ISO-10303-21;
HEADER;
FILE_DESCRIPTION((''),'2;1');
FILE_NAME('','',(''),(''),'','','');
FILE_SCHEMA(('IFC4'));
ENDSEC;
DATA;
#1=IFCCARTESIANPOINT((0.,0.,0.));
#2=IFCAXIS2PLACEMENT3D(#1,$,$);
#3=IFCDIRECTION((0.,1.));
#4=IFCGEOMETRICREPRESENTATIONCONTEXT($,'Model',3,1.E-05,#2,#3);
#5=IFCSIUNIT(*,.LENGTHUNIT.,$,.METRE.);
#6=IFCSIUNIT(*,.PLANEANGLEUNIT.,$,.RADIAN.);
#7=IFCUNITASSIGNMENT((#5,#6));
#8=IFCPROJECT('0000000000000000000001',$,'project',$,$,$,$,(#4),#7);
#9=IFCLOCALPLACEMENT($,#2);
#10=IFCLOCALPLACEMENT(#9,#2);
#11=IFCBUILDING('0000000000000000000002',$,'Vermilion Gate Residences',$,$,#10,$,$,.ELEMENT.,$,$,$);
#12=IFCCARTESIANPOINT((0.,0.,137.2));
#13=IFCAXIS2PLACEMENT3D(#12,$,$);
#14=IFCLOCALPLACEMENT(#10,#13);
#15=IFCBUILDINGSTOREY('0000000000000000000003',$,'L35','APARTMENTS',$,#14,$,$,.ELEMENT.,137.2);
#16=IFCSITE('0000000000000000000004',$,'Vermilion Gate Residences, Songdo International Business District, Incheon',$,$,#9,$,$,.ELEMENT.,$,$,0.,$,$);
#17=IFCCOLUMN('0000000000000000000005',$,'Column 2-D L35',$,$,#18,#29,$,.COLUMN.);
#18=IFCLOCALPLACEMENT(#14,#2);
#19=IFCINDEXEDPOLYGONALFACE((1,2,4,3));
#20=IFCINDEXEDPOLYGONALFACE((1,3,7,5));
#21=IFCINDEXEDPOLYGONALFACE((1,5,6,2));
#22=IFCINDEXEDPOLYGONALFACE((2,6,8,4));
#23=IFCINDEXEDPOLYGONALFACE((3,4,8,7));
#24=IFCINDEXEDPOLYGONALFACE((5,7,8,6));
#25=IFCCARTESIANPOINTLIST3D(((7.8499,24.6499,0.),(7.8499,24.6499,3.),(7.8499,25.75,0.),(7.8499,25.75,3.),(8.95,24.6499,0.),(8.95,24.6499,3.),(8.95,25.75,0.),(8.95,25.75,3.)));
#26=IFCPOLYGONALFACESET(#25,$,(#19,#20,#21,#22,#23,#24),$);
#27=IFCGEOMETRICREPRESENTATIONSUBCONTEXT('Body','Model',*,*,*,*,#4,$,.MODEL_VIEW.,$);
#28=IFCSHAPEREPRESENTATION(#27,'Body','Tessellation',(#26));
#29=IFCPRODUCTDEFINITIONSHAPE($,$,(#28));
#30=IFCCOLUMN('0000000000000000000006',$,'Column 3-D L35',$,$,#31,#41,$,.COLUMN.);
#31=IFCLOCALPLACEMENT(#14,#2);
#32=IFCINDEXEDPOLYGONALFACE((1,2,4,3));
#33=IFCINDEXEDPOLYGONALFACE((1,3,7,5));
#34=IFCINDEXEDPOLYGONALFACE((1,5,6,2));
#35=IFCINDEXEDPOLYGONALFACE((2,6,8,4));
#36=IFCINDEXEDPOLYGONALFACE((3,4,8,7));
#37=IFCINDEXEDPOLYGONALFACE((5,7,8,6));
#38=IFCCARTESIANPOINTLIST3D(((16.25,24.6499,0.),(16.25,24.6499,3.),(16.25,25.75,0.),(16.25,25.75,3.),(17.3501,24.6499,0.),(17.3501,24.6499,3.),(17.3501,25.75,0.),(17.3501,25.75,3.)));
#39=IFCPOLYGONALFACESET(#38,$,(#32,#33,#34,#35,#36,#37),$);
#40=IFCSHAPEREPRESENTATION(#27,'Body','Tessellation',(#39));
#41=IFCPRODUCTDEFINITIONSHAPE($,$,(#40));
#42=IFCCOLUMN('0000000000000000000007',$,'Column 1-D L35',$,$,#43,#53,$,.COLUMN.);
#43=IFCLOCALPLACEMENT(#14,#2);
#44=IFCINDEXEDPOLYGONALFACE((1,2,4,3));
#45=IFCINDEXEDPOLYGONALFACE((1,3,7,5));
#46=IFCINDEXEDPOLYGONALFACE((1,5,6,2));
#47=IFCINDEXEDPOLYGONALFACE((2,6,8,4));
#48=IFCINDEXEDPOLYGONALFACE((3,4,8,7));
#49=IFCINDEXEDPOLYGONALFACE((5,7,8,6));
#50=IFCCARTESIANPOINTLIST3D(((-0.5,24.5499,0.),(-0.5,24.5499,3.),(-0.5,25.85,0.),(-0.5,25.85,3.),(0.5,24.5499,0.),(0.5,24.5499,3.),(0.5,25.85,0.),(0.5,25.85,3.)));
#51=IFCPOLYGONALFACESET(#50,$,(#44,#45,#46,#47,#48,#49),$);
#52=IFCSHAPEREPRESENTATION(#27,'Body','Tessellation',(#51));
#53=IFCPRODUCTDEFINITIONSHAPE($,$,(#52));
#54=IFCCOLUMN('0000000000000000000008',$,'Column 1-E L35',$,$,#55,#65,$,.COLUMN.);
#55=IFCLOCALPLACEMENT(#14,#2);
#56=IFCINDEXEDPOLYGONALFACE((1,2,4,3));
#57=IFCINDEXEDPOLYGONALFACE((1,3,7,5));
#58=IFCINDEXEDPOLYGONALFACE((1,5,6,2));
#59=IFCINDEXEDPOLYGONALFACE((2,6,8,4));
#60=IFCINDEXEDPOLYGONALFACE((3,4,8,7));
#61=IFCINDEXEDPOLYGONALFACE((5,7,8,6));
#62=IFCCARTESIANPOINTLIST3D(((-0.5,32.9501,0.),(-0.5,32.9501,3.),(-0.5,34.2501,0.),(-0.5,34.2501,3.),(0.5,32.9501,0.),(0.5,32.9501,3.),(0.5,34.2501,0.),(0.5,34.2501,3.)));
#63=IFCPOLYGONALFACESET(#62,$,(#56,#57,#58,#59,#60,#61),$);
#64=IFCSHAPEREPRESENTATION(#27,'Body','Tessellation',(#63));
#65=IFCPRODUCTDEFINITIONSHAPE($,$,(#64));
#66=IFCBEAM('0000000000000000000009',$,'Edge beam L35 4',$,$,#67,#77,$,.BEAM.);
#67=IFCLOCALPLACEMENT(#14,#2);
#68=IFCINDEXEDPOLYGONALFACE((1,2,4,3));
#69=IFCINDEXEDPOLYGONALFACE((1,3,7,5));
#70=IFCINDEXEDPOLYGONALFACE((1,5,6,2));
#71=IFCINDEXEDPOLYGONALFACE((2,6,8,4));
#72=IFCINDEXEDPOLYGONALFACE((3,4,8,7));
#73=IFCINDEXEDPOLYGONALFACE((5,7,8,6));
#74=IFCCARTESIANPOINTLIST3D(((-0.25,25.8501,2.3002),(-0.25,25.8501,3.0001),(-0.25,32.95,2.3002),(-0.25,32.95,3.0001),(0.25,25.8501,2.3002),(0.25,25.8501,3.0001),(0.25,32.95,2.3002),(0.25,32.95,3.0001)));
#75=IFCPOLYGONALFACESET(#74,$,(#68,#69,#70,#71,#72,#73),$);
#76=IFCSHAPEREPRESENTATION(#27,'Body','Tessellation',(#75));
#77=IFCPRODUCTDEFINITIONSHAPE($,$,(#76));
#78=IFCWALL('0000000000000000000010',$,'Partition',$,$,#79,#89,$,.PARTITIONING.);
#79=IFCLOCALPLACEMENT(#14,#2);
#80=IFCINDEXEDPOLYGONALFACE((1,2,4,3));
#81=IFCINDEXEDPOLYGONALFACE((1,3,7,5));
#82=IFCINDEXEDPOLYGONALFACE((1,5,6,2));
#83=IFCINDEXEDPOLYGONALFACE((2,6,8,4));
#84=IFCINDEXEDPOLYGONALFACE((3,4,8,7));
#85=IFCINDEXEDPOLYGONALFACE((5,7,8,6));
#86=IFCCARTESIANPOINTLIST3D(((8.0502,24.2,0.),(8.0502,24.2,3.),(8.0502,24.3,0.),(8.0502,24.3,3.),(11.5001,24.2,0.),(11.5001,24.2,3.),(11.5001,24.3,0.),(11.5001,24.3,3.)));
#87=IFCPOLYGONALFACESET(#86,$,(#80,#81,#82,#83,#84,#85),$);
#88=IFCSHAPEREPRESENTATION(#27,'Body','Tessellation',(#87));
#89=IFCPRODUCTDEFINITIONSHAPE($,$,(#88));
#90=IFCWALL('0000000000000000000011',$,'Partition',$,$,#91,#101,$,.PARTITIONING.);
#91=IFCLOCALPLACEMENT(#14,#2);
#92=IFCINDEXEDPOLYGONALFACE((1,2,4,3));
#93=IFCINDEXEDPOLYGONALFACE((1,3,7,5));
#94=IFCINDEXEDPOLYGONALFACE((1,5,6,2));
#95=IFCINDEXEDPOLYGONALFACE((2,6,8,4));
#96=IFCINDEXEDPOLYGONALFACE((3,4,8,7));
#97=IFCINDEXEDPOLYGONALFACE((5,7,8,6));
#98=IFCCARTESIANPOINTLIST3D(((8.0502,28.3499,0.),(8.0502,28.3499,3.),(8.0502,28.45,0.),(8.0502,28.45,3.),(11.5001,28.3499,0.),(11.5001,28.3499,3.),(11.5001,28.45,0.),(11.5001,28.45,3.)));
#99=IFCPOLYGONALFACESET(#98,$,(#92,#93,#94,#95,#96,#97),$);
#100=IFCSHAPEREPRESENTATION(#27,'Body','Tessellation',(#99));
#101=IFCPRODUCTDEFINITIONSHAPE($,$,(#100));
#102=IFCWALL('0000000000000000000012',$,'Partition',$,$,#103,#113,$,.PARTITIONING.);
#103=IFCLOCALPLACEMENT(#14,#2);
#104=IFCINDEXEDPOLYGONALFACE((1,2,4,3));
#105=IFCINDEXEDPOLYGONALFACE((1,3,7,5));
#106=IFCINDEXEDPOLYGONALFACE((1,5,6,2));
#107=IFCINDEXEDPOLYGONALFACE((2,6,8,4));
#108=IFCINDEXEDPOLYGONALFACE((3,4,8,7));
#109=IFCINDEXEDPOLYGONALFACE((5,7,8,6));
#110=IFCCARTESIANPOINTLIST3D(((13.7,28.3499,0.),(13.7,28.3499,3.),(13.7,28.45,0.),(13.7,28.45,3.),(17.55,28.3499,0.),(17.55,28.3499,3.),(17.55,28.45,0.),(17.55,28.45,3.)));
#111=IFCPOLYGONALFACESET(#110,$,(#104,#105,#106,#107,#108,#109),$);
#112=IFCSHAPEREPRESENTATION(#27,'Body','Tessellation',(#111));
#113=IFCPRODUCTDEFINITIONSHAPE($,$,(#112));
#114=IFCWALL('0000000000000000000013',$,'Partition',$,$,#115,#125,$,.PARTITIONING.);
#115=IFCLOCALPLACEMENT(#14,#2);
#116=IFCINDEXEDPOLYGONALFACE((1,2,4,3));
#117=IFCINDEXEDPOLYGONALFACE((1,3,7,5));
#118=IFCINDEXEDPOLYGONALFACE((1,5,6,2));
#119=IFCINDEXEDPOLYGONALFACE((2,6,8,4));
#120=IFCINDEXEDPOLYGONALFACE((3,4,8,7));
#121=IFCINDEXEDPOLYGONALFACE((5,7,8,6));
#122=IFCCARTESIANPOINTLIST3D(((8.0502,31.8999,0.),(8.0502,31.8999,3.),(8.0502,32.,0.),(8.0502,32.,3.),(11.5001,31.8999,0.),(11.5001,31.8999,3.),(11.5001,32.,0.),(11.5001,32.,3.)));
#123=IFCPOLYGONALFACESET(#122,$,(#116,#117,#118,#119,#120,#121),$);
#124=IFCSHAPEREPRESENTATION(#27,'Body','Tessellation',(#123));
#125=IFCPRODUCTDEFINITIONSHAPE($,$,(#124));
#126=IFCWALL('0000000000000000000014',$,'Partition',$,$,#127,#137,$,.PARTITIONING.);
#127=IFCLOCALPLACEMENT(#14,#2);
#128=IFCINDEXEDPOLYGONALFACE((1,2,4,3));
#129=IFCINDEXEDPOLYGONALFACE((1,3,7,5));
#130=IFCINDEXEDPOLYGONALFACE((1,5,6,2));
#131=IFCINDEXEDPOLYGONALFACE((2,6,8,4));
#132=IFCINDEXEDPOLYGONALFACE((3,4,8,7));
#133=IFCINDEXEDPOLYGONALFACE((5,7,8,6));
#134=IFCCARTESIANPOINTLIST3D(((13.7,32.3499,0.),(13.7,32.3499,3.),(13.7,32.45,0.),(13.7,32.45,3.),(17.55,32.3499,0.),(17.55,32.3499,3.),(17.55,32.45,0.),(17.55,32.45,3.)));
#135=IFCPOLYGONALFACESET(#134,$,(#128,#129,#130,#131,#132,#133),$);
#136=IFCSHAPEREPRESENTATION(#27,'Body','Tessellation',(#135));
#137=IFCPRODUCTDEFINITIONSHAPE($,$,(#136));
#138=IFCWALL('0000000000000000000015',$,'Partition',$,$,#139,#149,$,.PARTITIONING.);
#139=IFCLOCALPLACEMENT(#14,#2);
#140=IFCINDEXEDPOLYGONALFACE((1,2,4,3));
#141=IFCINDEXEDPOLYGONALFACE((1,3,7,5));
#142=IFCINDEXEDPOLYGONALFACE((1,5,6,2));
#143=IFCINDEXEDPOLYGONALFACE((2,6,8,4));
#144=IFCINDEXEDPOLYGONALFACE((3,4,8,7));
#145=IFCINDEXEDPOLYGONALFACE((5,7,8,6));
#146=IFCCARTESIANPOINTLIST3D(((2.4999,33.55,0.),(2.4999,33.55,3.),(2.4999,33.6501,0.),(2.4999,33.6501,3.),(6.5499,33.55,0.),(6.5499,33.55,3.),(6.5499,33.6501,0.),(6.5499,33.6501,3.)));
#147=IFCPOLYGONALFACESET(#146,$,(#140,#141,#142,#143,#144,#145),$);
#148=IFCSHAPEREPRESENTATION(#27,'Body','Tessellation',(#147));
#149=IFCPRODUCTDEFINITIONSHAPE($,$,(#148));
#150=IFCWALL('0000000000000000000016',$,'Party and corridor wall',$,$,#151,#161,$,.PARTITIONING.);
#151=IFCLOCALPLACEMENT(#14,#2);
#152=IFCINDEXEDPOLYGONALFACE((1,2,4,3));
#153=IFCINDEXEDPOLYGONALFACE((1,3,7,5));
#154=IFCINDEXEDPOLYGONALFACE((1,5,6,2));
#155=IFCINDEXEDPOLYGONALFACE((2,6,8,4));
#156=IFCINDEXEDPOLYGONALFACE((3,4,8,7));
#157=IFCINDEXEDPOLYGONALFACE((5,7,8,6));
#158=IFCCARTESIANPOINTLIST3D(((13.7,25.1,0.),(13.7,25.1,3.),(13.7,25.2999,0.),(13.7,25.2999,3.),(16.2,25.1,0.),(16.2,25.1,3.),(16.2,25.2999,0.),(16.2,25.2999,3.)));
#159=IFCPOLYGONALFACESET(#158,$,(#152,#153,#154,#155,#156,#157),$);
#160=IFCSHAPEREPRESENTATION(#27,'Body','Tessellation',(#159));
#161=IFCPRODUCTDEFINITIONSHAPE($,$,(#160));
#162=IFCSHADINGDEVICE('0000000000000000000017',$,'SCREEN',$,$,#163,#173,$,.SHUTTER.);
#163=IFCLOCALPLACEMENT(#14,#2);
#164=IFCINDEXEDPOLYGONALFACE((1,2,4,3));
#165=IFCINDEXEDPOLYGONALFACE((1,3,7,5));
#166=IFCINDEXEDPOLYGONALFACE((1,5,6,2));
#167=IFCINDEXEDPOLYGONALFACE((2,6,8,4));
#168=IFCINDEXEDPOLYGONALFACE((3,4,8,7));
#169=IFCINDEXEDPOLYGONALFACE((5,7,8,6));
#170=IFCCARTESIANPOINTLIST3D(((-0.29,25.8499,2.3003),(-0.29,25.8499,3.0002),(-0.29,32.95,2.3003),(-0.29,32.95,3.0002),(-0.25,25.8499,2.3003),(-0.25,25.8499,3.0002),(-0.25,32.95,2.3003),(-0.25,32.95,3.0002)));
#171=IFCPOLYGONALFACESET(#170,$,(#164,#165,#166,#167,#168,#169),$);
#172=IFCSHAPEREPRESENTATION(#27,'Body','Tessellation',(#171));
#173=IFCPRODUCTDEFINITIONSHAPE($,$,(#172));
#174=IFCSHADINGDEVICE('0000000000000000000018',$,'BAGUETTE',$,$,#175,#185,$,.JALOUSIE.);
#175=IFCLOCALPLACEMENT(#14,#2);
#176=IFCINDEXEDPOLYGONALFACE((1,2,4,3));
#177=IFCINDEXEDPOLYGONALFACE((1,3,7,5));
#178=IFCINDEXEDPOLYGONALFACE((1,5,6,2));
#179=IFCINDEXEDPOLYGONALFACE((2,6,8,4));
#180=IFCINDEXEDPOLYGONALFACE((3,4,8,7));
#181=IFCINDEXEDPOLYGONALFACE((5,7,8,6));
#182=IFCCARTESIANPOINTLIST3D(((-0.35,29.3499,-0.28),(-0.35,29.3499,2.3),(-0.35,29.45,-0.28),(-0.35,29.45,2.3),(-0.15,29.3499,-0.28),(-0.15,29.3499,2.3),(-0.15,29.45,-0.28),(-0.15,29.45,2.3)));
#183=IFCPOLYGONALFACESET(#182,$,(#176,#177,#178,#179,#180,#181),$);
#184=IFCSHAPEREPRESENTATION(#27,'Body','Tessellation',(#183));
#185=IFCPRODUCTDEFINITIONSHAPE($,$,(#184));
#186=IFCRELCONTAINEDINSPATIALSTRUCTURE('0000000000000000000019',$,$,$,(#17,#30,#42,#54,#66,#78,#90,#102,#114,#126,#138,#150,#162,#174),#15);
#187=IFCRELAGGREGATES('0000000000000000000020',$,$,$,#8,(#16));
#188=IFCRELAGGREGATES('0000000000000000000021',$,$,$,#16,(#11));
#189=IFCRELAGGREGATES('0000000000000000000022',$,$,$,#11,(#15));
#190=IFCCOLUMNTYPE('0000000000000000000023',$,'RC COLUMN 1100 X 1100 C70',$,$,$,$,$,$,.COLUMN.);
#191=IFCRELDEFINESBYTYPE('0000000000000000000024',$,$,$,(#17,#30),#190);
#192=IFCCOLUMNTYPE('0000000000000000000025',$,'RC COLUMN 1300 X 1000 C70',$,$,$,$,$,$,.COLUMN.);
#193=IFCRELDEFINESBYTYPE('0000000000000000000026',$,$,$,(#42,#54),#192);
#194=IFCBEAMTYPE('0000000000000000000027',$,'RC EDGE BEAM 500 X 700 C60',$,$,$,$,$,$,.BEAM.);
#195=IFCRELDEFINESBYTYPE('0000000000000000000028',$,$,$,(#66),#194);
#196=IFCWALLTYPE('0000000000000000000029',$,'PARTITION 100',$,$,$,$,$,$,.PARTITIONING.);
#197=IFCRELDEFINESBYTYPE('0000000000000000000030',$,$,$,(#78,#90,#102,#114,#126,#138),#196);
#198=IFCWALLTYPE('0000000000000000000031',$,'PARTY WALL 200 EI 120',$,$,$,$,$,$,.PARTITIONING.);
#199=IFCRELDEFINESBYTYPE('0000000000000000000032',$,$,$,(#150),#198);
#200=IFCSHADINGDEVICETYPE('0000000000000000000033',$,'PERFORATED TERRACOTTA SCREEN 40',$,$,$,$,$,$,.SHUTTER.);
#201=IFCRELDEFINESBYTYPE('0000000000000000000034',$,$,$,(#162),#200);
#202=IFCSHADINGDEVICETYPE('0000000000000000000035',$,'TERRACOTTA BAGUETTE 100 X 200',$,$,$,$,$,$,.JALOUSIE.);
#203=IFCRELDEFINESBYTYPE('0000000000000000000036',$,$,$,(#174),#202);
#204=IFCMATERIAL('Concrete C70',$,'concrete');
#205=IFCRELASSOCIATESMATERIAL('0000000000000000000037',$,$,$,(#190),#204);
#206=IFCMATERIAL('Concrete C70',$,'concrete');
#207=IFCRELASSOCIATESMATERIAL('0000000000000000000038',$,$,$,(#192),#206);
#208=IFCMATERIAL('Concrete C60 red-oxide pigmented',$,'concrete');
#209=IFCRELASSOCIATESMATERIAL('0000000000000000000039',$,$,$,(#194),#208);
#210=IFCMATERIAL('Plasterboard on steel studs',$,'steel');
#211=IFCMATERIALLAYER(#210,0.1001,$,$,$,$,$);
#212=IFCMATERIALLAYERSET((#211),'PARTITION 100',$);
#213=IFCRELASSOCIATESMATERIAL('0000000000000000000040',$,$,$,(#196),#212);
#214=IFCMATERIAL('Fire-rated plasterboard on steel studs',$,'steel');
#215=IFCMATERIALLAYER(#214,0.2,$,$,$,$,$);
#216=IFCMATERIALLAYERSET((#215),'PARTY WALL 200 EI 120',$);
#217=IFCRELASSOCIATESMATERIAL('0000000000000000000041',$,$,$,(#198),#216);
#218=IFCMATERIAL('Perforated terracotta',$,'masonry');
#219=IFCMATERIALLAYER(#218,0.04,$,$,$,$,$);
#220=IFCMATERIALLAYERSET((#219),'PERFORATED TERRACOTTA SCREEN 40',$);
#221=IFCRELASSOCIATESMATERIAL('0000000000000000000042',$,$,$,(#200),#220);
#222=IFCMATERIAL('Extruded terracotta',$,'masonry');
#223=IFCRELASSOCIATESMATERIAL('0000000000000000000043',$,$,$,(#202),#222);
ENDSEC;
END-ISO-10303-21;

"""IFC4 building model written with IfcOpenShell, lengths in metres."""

from ifc_helpers import new_model, si_unit, direction, frame, frame_2d, origin, origin_2d, place, context, subcontext, project, spatial, rectangle, extrude, material, layer, layer_set, material_profile, profile_set, type_object, element, save


model = new_model("IFC4")

# Units and contexts
model_context = context("Model", 3, precision=1e-05, world=origin(), true_north=direction((0.0, 1.0)))
body_context = subcontext(model_context, "Body", "Model", "MODEL_VIEW")
ifc_project = project(units=[si_unit("LENGTHUNIT", "METRE"), si_unit("PLANEANGLEUNIT", "RADIAN")], contexts=[model_context])

# Site, building, storey
site_placement = place(None, origin())
site = spatial("IfcSite", under=ifc_project, at=site_placement, Name="Vermilion Gate Residences, Songdo International Business District, Incheon", CompositionType="ELEMENT", RefElevation=0.0)
building_placement = place(site_placement, origin())
building = spatial("IfcBuilding", under=site, at=building_placement, Name="Vermilion Gate Residences", CompositionType="ELEMENT")
storey_placement = place(building_placement, frame((0.0, 0.0, 137.2)))
storey = spatial("IfcBuildingStorey", under=building, at=storey_placement, Name="L35", Description="APARTMENTS", CompositionType="ELEMENT", Elevation=137.2)

# Columns
ifc_material_1 = material(Name="Concrete C70", Category="concrete")
ifc_material_profile_1 = material_profile(ifc_material_1, rectangle(XDim=1.1001, YDim=1.1001, at=origin_2d()), Name="RC-1100x1100")
ifc_profile_set_1 = profile_set([ifc_material_profile_1], Name="Concrete C70")
column_type_1 = type_object("IfcColumnType", Name="RC COLUMN 1100 X 1100 C70", PredefinedType="COLUMN", material=ifc_profile_set_1)
for number, where, z_axis, x_axis, name in (
    (1, (8.3999, 25.2, 0.0), (0.0, 0.0, 1.0), (1.0, 0.0, 0.0), "Column 2-D L35"),
    (2, (16.8, 25.2, 0.0), (0.0, 0.0, 1.0), (1.0, 0.0, 0.0), "Column 3-D L35"),
):
    element("IfcColumn", number, at=place(storey_placement, frame(where, z_axis=z_axis, x_axis=x_axis)), inside=storey, type_object=column_type_1, Name=name, PredefinedType="COLUMN", context=body_context, shape_type="SweptSolid", body=[
        extrude(rectangle(XDim=1.1001, YDim=1.1001, at=origin_2d()), origin(), (0.0, 0.0, 1.0), 3.0),
    ])
ifc_material_2 = material(Name="Concrete C70", Category="concrete")
ifc_material_profile_2 = material_profile(ifc_material_2, rectangle(XDim=1.3, YDim=1.0, at=origin_2d()), Name="RC-1300x1000")
ifc_profile_set_2 = profile_set([ifc_material_profile_2], Name="Concrete C70")
column_type_2 = type_object("IfcColumnType", Name="RC COLUMN 1300 X 1000 C70", PredefinedType="COLUMN", material=ifc_profile_set_2)
for number, where, z_axis, x_axis, name in (
    (3, (0.0, 25.2, 0.0), (0.0, 0.0, 1.0), (0.0, 1.0, 0.0), "Column 1-D L35"),
    (4, (0.0, 33.6001, 0.0), (0.0, 0.0, 1.0), (0.0, 1.0, 0.0), "Column 1-E L35"),
):
    element("IfcColumn", number, at=place(storey_placement, frame(where, z_axis=z_axis, x_axis=x_axis)), inside=storey, type_object=column_type_2, Name=name, PredefinedType="COLUMN", context=body_context, shape_type="SweptSolid", body=[
        extrude(rectangle(XDim=1.3, YDim=1.0, at=origin_2d()), origin(), (0.0, 0.0, 1.0), 3.0),
    ])

# Beam
ifc_material_3 = material(Name="Concrete C60 red-oxide pigmented", Category="concrete")
ifc_material_profile_3 = material_profile(ifc_material_3, rectangle(XDim=0.5, YDim=0.7, at=origin_2d()), Name="RC-500x700")
ifc_profile_set_3 = profile_set([ifc_material_profile_3], Name="Concrete C60 red-oxide pigmented")
beam_type = type_object("IfcBeamType", Name="RC EDGE BEAM 500 X 700 C60", PredefinedType="BEAM", material=ifc_profile_set_3)
beam_placement = place(storey_placement, frame((0.0, 25.8501, 2.6501), z_axis=(0.0, 1.0, 0.0), x_axis=(-1.0, 0.0, 0.0)))
element("IfcBeam", 5, at=beam_placement, inside=storey, type_object=beam_type, Name="Edge beam L35 4", PredefinedType="BEAM", context=body_context, shape_type="SweptSolid", body=[
    extrude(rectangle(XDim=0.5, YDim=0.7, at=origin_2d()), origin(), (0.0, 0.0, 1.0), 7.0999),
])

# Walls
ifc_material_4 = material(Name="Plasterboard on steel studs", Category="steel")
ifc_layer_1 = layer(ifc_material_4, 0.1001)
ifc_layer_set_1 = layer_set([ifc_layer_1], Name="PARTITION 100")
wall_type_1 = type_object("IfcWallType", Name="PARTITION 100", PredefinedType="PARTITIONING", material=ifc_layer_set_1)
for number, where, z_axis, x_axis, name in (
    (6, (8.05, 24.25, 0.0), (0.0, 0.0, 1.0), (1.0, 0.0, 0.0), "Partition"),
    (7, (8.05, 28.3999, 0.0), (0.0, 0.0, 1.0), (1.0, 0.0, 0.0), "Partition"),
):
    element("IfcWall", number, at=place(storey_placement, frame(where, z_axis=z_axis, x_axis=x_axis)), inside=storey, type_object=wall_type_1, Name=name, PredefinedType="PARTITIONING", context=body_context, shape_type="SweptSolid", body=[
        extrude(rectangle(XDim=3.45, YDim=0.1001, at=frame_2d((1.7251, 0.0))), origin(), (0.0, 0.0, 1.0), 3.0),
    ])
wall_1_placement = place(storey_placement, frame((13.7, 28.3999, 0.0), z_axis=(0.0, 0.0, 1.0), x_axis=(1.0, 0.0, 0.0)))
element("IfcWall", 8, at=wall_1_placement, inside=storey, type_object=wall_type_1, Name="Partition", PredefinedType="PARTITIONING", context=body_context, shape_type="SweptSolid", body=[
    extrude(rectangle(XDim=3.8501, YDim=0.1001, at=frame_2d((1.925, 0.0))), origin(), (0.0, 0.0, 1.0), 3.0),
])
wall_2_placement = place(storey_placement, frame((8.05, 31.95, 0.0), z_axis=(0.0, 0.0, 1.0), x_axis=(1.0, 0.0, 0.0)))
element("IfcWall", 9, at=wall_2_placement, inside=storey, type_object=wall_type_1, Name="Partition", PredefinedType="PARTITIONING", context=body_context, shape_type="SweptSolid", body=[
    extrude(rectangle(XDim=3.45, YDim=0.1001, at=frame_2d((1.7251, 0.0))), origin(), (0.0, 0.0, 1.0), 3.0),
])
wall_3_placement = place(storey_placement, frame((13.7, 32.3999, 0.0), z_axis=(0.0, 0.0, 1.0), x_axis=(1.0, 0.0, 0.0)))
element("IfcWall", 10, at=wall_3_placement, inside=storey, type_object=wall_type_1, Name="Partition", PredefinedType="PARTITIONING", context=body_context, shape_type="SweptSolid", body=[
    extrude(rectangle(XDim=3.8501, YDim=0.1001, at=frame_2d((1.925, 0.0))), origin(), (0.0, 0.0, 1.0), 3.0),
])
wall_4_placement = place(storey_placement, frame((2.5, 33.6001, 0.0), z_axis=(0.0, 0.0, 1.0), x_axis=(1.0, 0.0, 0.0)))
element("IfcWall", 11, at=wall_4_placement, inside=storey, type_object=wall_type_1, Name="Partition", PredefinedType="PARTITIONING", context=body_context, shape_type="SweptSolid", body=[
    extrude(rectangle(XDim=4.05, YDim=0.1001, at=frame_2d((2.0249, 0.0))), origin(), (0.0, 0.0, 1.0), 3.0),
])
ifc_material_5 = material(Name="Fire-rated plasterboard on steel studs", Category="steel")
ifc_layer_2 = layer(ifc_material_5, 0.2)
ifc_layer_set_2 = layer_set([ifc_layer_2], Name="PARTY WALL 200 EI 120")
wall_type_2 = type_object("IfcWallType", Name="PARTY WALL 200 EI 120", PredefinedType="PARTITIONING", material=ifc_layer_set_2)
wall_5_placement = place(storey_placement, frame((13.7, 25.2, 0.0), z_axis=(0.0, 0.0, 1.0), x_axis=(1.0, 0.0, 0.0)))
element("IfcWall", 12, at=wall_5_placement, inside=storey, type_object=wall_type_2, Name="Party and corridor wall", PredefinedType="PARTITIONING", context=body_context, shape_type="SweptSolid", body=[
    extrude(rectangle(XDim=2.5, YDim=0.2, at=frame_2d((1.25, 0.0))), origin(), (0.0, 0.0, 1.0), 3.0),
])

# Shading devices
ifc_material_6 = material(Name="Perforated terracotta", Category="masonry")
ifc_layer_3 = layer(ifc_material_6, 0.04)
ifc_layer_set_3 = layer_set([ifc_layer_3], Name="PERFORATED TERRACOTTA SCREEN 40")
shading_device_type_1 = type_object("IfcShadingDeviceType", Name="PERFORATED TERRACOTTA SCREEN 40", PredefinedType="SHUTTER", material=ifc_layer_set_3)
shading_device_1_placement = place(storey_placement, frame((-0.27, 29.3999, 2.3003), z_axis=(0.0, 0.0, 1.0), x_axis=(0.0, -1.0, 0.0)))
element("IfcShadingDevice", 13, at=shading_device_1_placement, inside=storey, type_object=shading_device_type_1, Name="SCREEN", PredefinedType="SHUTTER", context=body_context, shape_type="SweptSolid", body=[
    extrude(rectangle(XDim=7.1001, YDim=0.04, at=origin_2d()), origin(), (0.0, 0.0, 1.0), 0.7),
])
ifc_material_7 = material(Name="Extruded terracotta", Category="masonry")
ifc_material_profile_4 = material_profile(ifc_material_7, rectangle(XDim=0.2, YDim=0.1001, at=origin_2d()), Name="BAGUETTE 100 X 200")
ifc_profile_set_4 = profile_set([ifc_material_profile_4], Name="Extruded terracotta")
shading_device_type_2 = type_object("IfcShadingDeviceType", Name="TERRACOTTA BAGUETTE 100 X 200", PredefinedType="JALOUSIE", material=ifc_profile_set_4)
shading_device_2_placement = place(storey_placement, frame((-0.25, 29.3999, -0.28), z_axis=(0.0, 0.0, 1.0), x_axis=(1.0, 0.0, 0.0)))
element("IfcShadingDevice", 14, at=shading_device_2_placement, inside=storey, type_object=shading_device_type_2, Name="BAGUETTE", PredefinedType="JALOUSIE", context=body_context, shape_type="SweptSolid", body=[
    extrude(rectangle(XDim=0.2, YDim=0.1001, at=origin_2d()), origin(), (0.0, 0.0, 1.0), 2.5801),
])

save(model, "model.ifc")
